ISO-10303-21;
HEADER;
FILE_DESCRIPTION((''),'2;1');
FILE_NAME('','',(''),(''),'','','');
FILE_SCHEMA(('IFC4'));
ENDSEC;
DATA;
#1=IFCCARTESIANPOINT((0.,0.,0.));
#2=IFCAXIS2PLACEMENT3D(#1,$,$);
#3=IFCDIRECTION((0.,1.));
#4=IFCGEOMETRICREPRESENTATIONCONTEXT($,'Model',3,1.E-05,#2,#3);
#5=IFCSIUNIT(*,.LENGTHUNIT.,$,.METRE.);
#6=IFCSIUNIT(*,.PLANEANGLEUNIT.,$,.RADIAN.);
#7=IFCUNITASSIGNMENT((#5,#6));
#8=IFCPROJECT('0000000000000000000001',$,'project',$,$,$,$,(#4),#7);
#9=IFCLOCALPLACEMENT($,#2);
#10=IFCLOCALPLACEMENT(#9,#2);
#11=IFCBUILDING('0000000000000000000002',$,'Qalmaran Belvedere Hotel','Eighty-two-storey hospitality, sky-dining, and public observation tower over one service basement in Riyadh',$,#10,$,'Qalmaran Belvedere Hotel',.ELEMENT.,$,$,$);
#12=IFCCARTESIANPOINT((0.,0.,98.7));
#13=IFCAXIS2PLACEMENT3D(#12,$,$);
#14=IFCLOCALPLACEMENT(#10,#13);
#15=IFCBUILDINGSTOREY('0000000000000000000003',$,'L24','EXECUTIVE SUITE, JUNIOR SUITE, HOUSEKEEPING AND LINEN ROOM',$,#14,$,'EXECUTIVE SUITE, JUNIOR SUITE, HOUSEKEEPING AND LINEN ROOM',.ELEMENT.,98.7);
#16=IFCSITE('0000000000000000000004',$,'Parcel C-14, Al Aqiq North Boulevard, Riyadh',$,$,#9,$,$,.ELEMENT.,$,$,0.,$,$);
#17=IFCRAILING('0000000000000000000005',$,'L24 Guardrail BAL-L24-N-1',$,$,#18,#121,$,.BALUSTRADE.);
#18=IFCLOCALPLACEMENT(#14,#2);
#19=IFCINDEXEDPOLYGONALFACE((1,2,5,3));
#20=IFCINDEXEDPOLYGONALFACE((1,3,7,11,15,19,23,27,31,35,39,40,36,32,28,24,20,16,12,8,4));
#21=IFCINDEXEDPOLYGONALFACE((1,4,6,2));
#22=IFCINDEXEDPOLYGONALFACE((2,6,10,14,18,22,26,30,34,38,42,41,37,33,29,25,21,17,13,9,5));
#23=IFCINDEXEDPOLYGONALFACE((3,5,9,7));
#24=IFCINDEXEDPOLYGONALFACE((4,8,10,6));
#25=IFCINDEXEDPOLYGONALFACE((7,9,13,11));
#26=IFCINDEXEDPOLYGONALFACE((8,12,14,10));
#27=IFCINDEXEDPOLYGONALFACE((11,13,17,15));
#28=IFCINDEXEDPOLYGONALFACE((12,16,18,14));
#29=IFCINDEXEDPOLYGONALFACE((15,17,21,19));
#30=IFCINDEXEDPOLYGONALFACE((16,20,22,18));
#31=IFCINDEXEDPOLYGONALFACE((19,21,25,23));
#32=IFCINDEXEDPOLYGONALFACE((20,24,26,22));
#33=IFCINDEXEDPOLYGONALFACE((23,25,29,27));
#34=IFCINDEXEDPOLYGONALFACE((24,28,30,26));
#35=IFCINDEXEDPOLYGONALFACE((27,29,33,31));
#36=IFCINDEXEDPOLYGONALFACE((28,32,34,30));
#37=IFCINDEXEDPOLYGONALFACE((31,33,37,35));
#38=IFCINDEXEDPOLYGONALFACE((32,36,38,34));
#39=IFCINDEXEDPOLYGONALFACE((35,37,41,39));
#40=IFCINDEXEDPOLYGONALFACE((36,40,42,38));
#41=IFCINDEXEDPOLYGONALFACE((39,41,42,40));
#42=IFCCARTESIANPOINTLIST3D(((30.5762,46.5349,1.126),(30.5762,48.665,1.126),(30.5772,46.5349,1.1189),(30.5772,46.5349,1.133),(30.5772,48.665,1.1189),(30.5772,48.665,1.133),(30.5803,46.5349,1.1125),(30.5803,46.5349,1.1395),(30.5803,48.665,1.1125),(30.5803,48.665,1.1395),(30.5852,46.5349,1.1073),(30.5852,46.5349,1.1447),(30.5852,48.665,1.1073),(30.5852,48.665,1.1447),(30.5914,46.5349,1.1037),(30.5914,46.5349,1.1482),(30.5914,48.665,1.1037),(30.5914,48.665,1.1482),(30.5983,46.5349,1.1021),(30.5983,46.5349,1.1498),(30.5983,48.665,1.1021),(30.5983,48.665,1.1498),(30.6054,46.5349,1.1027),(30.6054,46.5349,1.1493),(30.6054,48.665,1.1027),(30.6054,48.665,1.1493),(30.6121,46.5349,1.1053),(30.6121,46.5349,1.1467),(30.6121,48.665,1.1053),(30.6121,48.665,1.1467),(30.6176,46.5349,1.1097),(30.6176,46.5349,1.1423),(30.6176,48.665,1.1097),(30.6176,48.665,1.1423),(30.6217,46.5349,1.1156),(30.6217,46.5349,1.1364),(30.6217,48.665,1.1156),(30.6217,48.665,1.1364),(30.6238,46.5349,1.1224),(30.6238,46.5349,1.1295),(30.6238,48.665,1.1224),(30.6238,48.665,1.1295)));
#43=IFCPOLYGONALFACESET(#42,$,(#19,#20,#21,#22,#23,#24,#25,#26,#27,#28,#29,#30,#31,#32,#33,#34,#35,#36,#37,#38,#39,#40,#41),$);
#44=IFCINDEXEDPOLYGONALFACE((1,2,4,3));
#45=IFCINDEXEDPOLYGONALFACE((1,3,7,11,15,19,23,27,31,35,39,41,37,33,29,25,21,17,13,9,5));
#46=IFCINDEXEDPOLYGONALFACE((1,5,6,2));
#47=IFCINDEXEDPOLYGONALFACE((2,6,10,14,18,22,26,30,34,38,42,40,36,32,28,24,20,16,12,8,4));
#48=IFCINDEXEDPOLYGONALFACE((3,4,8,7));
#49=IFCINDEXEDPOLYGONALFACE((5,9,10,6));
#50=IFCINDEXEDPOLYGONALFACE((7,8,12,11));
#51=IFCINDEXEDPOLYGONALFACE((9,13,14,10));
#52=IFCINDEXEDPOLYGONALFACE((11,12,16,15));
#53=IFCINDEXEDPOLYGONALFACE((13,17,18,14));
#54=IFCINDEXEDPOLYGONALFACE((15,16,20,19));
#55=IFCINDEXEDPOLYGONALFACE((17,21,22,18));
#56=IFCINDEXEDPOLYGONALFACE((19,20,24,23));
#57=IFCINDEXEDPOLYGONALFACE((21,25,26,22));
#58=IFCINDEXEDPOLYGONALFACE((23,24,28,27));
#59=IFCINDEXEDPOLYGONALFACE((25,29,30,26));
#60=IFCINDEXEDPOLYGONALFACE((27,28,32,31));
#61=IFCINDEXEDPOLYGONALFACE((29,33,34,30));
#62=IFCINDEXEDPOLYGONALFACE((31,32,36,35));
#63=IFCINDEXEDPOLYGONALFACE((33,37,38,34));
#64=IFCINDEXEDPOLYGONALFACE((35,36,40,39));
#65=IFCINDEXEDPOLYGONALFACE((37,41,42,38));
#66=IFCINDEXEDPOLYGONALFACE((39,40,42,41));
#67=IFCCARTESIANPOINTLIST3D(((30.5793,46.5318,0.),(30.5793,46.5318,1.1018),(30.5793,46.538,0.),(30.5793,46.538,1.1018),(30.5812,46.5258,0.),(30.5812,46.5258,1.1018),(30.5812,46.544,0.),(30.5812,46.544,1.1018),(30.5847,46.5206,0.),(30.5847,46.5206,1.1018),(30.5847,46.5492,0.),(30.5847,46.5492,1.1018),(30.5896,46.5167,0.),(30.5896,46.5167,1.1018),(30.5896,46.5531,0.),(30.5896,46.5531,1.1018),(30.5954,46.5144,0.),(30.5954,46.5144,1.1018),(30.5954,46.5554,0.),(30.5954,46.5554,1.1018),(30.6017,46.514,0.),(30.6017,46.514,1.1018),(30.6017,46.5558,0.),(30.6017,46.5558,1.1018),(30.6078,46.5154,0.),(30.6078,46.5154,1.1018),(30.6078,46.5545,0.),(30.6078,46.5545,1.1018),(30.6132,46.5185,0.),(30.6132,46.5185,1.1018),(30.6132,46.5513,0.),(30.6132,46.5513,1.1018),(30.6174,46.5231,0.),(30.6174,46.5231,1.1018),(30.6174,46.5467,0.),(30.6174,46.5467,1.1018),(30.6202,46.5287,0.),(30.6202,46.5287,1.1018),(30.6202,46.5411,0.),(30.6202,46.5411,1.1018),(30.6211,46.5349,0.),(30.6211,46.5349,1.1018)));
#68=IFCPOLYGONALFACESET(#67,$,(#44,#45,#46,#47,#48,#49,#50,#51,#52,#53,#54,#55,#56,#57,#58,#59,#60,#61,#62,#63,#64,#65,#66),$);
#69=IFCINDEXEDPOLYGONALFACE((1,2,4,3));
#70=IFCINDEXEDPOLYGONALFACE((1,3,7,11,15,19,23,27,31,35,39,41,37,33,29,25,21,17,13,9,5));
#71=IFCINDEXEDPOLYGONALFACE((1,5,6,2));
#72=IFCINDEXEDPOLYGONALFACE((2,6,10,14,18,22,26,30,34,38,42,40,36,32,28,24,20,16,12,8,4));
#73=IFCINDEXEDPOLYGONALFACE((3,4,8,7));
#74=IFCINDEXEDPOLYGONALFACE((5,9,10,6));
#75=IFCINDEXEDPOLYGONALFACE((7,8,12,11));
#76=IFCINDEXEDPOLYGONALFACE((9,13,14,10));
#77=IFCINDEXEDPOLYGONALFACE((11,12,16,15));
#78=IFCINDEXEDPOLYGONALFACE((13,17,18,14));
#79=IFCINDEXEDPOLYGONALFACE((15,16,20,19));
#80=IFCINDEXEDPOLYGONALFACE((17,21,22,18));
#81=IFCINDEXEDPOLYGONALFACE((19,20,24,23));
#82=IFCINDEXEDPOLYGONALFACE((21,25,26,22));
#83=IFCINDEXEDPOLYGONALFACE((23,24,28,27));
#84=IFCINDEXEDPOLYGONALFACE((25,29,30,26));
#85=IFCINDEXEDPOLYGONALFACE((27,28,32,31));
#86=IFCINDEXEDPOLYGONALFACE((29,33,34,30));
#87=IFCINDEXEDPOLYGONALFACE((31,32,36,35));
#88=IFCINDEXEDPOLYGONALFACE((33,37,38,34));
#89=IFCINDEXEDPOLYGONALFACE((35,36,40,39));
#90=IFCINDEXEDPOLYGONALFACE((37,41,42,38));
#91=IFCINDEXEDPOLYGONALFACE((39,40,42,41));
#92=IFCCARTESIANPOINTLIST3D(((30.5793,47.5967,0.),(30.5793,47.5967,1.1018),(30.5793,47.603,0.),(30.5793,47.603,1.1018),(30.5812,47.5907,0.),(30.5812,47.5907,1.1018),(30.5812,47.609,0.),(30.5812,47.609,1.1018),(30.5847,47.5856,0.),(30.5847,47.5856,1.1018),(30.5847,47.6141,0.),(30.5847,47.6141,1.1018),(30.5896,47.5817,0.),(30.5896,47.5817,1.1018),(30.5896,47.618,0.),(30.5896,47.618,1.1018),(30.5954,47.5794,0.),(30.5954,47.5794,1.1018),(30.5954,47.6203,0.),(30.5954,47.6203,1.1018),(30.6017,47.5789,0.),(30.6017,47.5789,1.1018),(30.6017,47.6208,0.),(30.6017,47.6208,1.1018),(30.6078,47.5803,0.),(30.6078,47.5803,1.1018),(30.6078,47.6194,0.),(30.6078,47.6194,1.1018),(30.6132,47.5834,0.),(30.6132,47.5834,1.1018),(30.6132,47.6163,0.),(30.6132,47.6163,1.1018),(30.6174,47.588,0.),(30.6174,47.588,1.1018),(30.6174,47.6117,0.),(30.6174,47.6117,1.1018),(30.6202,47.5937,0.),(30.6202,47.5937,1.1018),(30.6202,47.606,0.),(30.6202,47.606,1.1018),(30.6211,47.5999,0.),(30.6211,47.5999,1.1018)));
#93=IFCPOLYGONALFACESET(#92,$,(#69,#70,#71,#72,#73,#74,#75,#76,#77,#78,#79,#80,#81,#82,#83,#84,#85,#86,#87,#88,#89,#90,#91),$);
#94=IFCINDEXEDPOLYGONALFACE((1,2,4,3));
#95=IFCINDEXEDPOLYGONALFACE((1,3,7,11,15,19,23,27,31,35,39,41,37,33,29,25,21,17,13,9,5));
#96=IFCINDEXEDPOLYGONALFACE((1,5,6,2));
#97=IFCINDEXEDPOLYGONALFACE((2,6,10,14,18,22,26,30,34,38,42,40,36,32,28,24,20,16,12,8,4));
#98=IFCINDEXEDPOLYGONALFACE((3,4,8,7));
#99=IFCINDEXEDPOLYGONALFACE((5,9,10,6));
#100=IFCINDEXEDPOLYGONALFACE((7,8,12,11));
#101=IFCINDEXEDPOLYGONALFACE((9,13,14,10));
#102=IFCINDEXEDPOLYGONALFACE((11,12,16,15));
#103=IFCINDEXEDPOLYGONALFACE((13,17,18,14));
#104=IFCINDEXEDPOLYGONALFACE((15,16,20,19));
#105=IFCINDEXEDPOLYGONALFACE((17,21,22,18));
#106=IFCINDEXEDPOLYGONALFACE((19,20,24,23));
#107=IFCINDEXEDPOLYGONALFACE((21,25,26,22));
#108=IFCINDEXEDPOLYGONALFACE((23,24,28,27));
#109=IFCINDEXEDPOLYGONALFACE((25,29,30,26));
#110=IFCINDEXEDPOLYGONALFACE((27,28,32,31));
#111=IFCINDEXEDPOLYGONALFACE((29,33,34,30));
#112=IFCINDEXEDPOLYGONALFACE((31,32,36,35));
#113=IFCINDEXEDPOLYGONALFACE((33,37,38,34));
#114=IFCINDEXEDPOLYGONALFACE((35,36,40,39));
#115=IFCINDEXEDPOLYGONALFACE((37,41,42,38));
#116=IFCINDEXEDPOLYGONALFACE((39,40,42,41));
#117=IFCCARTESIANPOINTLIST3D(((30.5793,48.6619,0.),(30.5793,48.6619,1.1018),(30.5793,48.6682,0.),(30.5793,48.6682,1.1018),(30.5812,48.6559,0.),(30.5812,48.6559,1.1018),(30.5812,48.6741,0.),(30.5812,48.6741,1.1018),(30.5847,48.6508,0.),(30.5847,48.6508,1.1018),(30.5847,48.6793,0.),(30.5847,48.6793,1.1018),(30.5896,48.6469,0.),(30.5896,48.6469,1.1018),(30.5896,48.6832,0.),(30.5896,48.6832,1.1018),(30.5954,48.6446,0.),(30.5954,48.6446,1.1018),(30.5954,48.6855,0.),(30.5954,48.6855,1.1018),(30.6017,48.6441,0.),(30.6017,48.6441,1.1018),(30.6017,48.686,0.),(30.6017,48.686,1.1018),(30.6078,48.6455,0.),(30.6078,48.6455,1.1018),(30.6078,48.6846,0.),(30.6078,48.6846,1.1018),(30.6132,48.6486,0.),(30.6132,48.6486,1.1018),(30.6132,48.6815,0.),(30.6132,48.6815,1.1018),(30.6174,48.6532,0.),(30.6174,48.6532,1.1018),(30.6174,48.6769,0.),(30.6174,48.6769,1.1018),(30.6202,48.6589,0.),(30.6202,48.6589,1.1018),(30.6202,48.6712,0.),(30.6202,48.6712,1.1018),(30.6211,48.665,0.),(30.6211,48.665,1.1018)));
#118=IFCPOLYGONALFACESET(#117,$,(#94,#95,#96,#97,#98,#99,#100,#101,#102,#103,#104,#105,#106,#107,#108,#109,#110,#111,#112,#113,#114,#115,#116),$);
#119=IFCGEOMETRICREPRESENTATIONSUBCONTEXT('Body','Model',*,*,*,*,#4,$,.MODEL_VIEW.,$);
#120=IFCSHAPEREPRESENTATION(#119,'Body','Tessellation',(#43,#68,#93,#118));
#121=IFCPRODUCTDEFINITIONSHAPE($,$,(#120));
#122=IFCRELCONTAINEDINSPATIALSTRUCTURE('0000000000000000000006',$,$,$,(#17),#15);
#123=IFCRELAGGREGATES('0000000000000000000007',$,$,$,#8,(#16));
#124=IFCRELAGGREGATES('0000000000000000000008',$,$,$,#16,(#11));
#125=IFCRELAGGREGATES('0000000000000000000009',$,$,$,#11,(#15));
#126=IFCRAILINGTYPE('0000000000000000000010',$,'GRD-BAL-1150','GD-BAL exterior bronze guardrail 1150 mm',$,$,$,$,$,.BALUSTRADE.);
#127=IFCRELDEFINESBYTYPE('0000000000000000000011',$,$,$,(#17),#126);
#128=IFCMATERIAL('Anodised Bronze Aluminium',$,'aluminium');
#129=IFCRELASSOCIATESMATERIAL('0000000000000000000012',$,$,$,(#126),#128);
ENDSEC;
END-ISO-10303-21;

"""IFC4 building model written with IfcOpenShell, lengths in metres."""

from ifc_helpers import new_model, si_unit, direction, frame, origin, origin_2d, place, context, subcontext, project, spatial, circle, extrude, material, type_object, element, save


model = new_model("IFC4")

# Units and contexts
model_context = context("Model", 3, precision=1e-05, world=origin(), true_north=direction((0.0, 1.0)))
body_context = subcontext(model_context, "Body", "Model", "MODEL_VIEW")
ifc_project = project(units=[si_unit("LENGTHUNIT", "METRE"), si_unit("PLANEANGLEUNIT", "RADIAN")], contexts=[model_context])

# Site, building, storey
site_placement = place(None, origin())
site = spatial("IfcSite", under=ifc_project, at=site_placement, Name="Parcel C-14, Al Aqiq North Boulevard, Riyadh", CompositionType="ELEMENT", RefElevation=0.0)
building_placement = place(site_placement, origin())
building = spatial("IfcBuilding", under=site, at=building_placement, Name="Qalmaran Belvedere Hotel", Description="Eighty-two-storey hospitality, sky-dining, and public observation tower over one service basement in Riyadh", LongName="Qalmaran Belvedere Hotel", CompositionType="ELEMENT")
storey_placement = place(building_placement, frame((0.0, 0.0, 98.7)))
storey = spatial("IfcBuildingStorey", under=building, at=storey_placement, Name="L24", Description="EXECUTIVE SUITE, JUNIOR SUITE, HOUSEKEEPING AND LINEN ROOM", LongName="EXECUTIVE SUITE, JUNIOR SUITE, HOUSEKEEPING AND LINEN ROOM", CompositionType="ELEMENT", Elevation=98.7)

# Shared definitions
ifc_material_1 = material(Name="Anodised Bronze Aluminium", Category="aluminium")

# Railing
railing_type = type_object("IfcRailingType", Name="GRD-BAL-1150", Description="GD-BAL exterior bronze guardrail 1150 mm", PredefinedType="BALUSTRADE", material=ifc_material_1)
railing_1_placement = place(storey_placement, frame((30.6001, 46.5349, 0.0)))
element("IfcRailing", 1, at=railing_1_placement, inside=storey, type_object=railing_type, Name="L24 Guardrail BAL-L24-N-1", PredefinedType="BALUSTRADE", context=body_context, shape_type="SweptSolid", body=[
    extrude(circle(Radius=0.0239, at=origin_2d()), frame((0.0, 0.0, 1.126), z_axis=(0.0, 1.0, 0.0), x_axis=(-1.0, 0.0, 0.0)), (0.0, 0.0, 1.0), 2.1301),
    extrude(circle(Radius=0.021, at=origin_2d()), origin(), (0.0, 0.0, 1.0), 1.1018),
    extrude(circle(Radius=0.021, at=origin_2d()), frame((0.0, 1.0649, 0.0)), (0.0, 0.0, 1.0), 1.1018),
    extrude(circle(Radius=0.021, at=origin_2d()), frame((0.0, 2.1301, 0.0)), (0.0, 0.0, 1.0), 1.1018),
])

save(model, "model.ifc")
